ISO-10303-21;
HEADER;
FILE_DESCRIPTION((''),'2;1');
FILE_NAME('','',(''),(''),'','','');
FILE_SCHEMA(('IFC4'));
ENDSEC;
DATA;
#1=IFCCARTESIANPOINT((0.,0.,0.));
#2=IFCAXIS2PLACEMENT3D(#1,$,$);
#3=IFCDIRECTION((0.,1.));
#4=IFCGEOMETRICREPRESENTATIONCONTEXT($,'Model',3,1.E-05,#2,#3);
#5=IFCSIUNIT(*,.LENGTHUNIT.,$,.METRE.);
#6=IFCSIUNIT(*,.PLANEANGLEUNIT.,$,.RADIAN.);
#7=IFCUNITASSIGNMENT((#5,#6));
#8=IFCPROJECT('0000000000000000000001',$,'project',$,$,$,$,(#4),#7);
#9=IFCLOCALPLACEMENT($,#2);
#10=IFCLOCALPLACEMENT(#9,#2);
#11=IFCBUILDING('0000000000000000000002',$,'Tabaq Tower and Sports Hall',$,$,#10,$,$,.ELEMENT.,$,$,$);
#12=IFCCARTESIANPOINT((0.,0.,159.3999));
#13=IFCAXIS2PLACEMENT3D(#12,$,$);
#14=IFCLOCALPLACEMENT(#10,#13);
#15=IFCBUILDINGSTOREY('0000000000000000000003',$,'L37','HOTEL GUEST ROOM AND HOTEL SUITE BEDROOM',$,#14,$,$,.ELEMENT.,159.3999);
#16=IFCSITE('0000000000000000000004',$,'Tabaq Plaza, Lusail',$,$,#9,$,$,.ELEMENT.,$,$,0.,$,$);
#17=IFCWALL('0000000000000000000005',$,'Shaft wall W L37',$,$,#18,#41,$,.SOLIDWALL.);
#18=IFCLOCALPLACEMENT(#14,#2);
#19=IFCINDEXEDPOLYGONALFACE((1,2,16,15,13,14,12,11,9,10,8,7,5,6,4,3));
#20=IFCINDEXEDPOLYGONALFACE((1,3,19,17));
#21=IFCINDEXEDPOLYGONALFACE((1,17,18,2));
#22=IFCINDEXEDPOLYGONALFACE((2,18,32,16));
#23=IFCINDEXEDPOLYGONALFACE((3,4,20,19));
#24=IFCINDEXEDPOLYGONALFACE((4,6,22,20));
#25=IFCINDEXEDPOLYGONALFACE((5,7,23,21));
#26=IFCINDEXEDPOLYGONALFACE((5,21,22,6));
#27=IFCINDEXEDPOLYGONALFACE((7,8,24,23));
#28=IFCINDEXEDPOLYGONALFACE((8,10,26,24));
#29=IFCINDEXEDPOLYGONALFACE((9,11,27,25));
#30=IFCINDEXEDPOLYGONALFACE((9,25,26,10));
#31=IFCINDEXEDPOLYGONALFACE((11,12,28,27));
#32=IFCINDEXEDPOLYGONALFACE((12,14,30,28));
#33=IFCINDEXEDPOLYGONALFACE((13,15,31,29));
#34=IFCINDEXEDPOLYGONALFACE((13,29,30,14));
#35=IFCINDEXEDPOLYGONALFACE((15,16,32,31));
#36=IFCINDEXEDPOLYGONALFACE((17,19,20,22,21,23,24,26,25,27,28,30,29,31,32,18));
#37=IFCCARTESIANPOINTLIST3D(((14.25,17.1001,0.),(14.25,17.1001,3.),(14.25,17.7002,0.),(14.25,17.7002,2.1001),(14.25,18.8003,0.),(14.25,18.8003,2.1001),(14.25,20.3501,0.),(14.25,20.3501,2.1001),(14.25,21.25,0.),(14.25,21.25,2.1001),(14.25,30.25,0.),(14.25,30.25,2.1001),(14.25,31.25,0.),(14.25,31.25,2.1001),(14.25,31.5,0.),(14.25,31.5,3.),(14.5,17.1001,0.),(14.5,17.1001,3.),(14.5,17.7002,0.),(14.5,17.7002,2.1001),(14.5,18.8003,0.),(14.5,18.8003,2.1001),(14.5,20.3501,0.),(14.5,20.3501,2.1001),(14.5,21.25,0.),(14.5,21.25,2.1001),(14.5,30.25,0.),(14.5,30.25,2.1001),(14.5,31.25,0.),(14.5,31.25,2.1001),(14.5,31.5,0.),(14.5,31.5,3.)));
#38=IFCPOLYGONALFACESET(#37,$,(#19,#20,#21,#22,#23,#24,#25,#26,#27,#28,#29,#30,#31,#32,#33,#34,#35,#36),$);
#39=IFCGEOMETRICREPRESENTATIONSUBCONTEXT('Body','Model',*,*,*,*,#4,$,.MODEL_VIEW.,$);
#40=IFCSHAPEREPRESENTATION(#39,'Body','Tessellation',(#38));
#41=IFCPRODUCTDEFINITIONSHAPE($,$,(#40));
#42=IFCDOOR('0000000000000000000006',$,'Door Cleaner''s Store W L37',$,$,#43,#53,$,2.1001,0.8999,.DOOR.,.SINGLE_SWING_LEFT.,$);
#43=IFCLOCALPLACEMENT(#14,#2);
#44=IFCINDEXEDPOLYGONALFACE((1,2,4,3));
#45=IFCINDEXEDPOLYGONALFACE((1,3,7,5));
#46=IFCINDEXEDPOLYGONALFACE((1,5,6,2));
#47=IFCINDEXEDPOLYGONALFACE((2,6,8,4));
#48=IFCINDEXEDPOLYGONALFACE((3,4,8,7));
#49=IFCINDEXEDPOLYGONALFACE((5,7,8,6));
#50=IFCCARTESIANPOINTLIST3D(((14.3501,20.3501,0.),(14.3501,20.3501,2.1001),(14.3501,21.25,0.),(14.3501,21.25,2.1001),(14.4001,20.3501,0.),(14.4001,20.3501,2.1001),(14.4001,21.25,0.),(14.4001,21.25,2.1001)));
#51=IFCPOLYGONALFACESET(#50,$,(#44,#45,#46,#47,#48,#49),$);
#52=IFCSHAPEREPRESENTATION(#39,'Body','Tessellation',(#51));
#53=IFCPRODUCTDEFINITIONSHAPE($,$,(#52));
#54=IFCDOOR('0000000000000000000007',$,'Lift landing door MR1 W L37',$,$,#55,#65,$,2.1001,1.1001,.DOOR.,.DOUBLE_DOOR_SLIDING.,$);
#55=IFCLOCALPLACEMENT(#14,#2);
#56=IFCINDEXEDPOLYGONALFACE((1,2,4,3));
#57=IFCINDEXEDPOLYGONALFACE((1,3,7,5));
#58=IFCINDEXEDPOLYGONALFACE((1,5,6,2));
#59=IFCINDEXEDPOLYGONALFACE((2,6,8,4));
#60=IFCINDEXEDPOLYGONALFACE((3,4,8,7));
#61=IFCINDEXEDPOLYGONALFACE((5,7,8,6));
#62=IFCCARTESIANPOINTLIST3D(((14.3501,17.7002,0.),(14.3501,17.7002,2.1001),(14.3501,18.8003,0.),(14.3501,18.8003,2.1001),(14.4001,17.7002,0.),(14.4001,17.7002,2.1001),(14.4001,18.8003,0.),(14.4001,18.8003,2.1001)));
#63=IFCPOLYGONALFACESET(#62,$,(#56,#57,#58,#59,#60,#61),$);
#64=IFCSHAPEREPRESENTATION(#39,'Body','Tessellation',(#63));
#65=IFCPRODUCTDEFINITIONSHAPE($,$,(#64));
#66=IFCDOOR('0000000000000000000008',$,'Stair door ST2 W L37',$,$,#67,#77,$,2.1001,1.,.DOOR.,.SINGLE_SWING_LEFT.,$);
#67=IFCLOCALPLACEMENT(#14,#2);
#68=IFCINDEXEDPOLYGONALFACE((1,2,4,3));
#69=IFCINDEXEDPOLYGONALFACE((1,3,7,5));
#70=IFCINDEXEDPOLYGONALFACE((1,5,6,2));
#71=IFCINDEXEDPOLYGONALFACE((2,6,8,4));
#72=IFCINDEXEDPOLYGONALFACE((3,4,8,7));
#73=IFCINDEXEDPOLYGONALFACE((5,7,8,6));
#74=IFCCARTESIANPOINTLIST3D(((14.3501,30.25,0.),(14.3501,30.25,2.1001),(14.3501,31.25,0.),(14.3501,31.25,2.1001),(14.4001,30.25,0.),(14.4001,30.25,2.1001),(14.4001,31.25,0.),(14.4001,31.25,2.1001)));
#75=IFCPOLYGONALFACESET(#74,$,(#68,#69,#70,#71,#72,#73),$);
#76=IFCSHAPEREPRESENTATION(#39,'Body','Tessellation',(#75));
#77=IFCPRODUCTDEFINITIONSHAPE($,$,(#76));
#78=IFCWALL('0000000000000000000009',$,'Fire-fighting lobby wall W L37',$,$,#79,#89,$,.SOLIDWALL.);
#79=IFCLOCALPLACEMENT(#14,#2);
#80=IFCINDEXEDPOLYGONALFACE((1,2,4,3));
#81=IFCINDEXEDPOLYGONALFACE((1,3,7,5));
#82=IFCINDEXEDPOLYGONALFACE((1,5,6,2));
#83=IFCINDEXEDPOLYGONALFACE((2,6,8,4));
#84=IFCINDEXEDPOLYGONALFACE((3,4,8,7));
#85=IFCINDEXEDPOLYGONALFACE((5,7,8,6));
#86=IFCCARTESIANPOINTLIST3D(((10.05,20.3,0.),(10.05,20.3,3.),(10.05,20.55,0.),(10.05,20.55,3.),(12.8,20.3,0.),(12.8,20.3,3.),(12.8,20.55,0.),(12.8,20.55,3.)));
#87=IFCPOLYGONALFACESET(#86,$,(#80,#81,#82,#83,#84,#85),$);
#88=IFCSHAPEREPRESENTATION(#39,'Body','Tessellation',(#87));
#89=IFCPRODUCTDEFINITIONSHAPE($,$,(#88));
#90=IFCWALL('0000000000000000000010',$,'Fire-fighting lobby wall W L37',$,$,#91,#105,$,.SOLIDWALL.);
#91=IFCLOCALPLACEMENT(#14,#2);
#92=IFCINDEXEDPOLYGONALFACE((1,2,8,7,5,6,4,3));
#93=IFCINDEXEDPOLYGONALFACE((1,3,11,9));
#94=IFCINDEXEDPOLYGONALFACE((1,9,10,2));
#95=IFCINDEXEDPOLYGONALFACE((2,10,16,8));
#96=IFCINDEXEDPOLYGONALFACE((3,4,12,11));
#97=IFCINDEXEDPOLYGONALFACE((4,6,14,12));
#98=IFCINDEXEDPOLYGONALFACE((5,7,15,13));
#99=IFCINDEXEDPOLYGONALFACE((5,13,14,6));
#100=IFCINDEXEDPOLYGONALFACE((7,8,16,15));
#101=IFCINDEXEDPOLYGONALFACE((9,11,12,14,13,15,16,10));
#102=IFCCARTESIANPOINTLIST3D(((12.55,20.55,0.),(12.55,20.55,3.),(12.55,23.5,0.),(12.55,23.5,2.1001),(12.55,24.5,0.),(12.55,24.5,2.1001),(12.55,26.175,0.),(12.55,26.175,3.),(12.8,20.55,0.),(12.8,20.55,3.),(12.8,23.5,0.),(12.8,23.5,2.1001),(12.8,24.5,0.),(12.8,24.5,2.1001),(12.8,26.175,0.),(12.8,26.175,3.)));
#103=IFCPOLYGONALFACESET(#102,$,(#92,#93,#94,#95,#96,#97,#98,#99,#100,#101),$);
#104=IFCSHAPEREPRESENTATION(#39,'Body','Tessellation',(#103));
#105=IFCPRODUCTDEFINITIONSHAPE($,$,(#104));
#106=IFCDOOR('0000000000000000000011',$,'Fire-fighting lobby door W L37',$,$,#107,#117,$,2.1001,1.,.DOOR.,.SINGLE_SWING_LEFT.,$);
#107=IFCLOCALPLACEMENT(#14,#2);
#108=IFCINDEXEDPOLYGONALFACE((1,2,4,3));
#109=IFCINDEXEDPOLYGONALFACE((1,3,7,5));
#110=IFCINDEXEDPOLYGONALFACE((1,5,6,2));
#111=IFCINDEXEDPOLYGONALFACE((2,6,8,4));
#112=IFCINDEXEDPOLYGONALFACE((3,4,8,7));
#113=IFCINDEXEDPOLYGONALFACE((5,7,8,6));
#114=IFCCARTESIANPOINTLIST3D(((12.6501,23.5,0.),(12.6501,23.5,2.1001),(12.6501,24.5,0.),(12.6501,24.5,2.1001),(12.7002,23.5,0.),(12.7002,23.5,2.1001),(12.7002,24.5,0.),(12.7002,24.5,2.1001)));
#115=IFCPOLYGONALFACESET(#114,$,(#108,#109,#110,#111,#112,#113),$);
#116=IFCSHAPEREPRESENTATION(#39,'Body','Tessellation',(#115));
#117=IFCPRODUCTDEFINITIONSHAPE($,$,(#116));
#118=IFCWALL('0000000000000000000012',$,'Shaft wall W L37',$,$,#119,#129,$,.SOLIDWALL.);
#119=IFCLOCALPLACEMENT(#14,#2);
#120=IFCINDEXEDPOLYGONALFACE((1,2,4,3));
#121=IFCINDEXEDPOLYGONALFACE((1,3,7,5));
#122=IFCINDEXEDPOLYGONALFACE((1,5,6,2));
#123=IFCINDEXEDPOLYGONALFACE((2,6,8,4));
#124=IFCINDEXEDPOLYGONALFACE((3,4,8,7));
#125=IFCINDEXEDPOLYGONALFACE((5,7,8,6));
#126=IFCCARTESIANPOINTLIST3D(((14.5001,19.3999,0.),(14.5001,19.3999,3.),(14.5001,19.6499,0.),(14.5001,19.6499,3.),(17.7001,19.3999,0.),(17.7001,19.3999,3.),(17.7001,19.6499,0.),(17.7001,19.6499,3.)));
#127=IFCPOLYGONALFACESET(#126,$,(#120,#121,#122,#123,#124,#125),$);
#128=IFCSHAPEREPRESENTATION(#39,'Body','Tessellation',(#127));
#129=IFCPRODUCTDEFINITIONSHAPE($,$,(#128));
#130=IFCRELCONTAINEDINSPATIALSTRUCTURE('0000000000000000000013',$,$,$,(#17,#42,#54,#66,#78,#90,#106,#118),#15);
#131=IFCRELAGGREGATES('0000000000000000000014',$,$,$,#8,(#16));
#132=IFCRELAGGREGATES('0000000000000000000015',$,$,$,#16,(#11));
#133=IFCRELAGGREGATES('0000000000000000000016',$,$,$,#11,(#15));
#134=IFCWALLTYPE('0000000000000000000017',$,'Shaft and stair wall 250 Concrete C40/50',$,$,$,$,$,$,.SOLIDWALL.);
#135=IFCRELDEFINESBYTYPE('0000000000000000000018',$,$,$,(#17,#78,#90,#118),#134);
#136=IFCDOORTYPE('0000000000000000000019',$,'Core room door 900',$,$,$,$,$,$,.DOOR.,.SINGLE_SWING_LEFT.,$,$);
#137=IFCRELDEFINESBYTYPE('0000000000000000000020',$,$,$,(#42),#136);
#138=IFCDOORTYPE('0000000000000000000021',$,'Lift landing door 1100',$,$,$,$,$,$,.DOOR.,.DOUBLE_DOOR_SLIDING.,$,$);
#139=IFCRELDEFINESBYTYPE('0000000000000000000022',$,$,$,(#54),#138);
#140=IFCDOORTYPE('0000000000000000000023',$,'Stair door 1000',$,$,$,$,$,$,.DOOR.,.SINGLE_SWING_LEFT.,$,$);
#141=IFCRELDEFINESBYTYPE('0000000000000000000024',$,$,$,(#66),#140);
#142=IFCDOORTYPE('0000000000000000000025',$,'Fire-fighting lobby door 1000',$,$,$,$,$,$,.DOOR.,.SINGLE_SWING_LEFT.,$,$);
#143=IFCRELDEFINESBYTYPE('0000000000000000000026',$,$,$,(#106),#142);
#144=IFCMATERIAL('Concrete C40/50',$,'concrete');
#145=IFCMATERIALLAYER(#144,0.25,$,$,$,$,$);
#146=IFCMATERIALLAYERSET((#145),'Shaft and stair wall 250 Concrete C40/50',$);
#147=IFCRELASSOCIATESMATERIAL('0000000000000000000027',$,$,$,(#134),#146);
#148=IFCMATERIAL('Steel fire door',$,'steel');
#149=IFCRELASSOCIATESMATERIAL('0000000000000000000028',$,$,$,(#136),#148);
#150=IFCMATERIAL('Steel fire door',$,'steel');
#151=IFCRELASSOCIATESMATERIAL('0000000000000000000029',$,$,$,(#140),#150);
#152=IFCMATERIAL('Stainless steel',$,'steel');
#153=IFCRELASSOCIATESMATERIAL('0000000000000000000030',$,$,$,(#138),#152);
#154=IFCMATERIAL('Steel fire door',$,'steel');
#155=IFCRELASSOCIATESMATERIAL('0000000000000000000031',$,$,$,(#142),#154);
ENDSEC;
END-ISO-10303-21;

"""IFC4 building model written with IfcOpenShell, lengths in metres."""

from ifc_helpers import new_model, si_unit, direction, frame, frame_2d, origin, place, context, subcontext, project, spatial, rectangle, extrude, material, layer, layer_set, type_object, element, fill, save


model = new_model("IFC4")

# Units and contexts
model_context = context("Model", 3, precision=1e-05, world=origin(), true_north=direction((0.0, 1.0)))
body_context = subcontext(model_context, "Body", "Model", "MODEL_VIEW")
ifc_project = project(units=[si_unit("LENGTHUNIT", "METRE"), si_unit("PLANEANGLEUNIT", "RADIAN")], contexts=[model_context])

# Site, building, storey
site_placement = place(None, origin())
site = spatial("IfcSite", under=ifc_project, at=site_placement, Name="Tabaq Plaza, Lusail", CompositionType="ELEMENT", RefElevation=0.0)
building_placement = place(site_placement, origin())
building = spatial("IfcBuilding", under=site, at=building_placement, Name="Tabaq Tower and Sports Hall", CompositionType="ELEMENT")
storey_placement = place(building_placement, frame((0.0, 0.0, 159.3999)))
storey = spatial("IfcBuildingStorey", under=building, at=storey_placement, Name="L37", Description="HOTEL GUEST ROOM AND HOTEL SUITE BEDROOM", CompositionType="ELEMENT", Elevation=159.3999)

# Wall, openings, doors
ifc_material_1 = material(Name="Concrete C40/50", Category="concrete")
ifc_layer_1 = layer(ifc_material_1, 0.25)
ifc_layer_set_1 = layer_set([ifc_layer_1], Name="Shaft and stair wall 250 Concrete C40/50")
wall_type_1 = type_object("IfcWallType", Name="Shaft and stair wall 250 Concrete C40/50", PredefinedType="SOLIDWALL", material=ifc_layer_set_1)
ifc_material_2 = material(Name="Steel fire door", Category="steel")
door_type_1 = type_object("IfcDoorType", Name="Core room door 900", OperationType="SINGLE_SWING_LEFT", PredefinedType="DOOR", material=ifc_material_2)
ifc_material_3 = material(Name="Steel fire door", Category="steel")
door_type_2 = type_object("IfcDoorType", Name="Stair door 1000", OperationType="SINGLE_SWING_LEFT", PredefinedType="DOOR", material=ifc_material_3)
wall_1_placement = place(storey_placement, frame((14.375, 17.1001, 0.0), z_axis=(0.0, 0.0, 1.0), x_axis=(0.0, 1.0, 0.0)))
wall_1 = element("IfcWall", 1, at=wall_1_placement, inside=storey, type_object=wall_type_1, Name="Shaft wall W L37", PredefinedType="SOLIDWALL", context=body_context, shape_type="SweptSolid", body=[
    extrude(rectangle(XDim=14.3999, YDim=0.25, at=frame_2d((7.2, 0.0))), origin(), (0.0, 0.0, 1.0), 3.0),
])
opening_1_placement = place(wall_1_placement, frame((13.1499, 0.0, 0.0)))
opening_1 = element("IfcOpeningElement", 2, at=opening_1_placement, cuts=wall_1, PredefinedType="OPENING", context=body_context, shape_type="SweptSolid", body=[
    extrude(rectangle(XDim=1.0, YDim=2.1001, at=frame_2d((0.5, 1.05))), frame((0.0, 0.125, 0.0), z_axis=(0.0, -1.0, 0.0), x_axis=(1.0, 0.0, 0.0)), (0.0, 0.0, 1.0), 0.25),
])
opening_2_placement = place(wall_1_placement, frame((0.6001, 0.0, 0.0)))
opening_2 = element("IfcOpeningElement", 3, at=opening_2_placement, cuts=wall_1, PredefinedType="OPENING", context=body_context, shape_type="SweptSolid", body=[
    extrude(rectangle(XDim=1.1001, YDim=2.1001, at=frame_2d((0.55, 1.05))), frame((0.0, 0.125, 0.0), z_axis=(0.0, -1.0, 0.0), x_axis=(1.0, 0.0, 0.0)), (0.0, 0.0, 1.0), 0.25),
])
opening_3_placement = place(wall_1_placement, frame((3.25, 0.0, 0.0)))
opening_3 = element("IfcOpeningElement", 4, at=opening_3_placement, cuts=wall_1, PredefinedType="OPENING", context=body_context, shape_type="SweptSolid", body=[
    extrude(rectangle(XDim=0.8999, YDim=2.1001, at=frame_2d((0.45, 1.05))), frame((0.0, 0.125, 0.0), z_axis=(0.0, -1.0, 0.0), x_axis=(1.0, 0.0, 0.0)), (0.0, 0.0, 1.0), 0.25),
])
door_1_placement = place(opening_3_placement, origin())
door_1 = element("IfcDoor", 5, at=door_1_placement, inside=storey, type_object=door_type_1, Name="Door Cleaner's Store W L37", OperationType="SINGLE_SWING_LEFT", OverallHeight=2.1001, OverallWidth=0.8999, PredefinedType="DOOR", context=body_context, shape_type="SweptSolid", body=[
    extrude(rectangle(XDim=0.8999, YDim=2.1001, at=frame_2d((0.45, 1.05))), frame((0.0, 0.0249, 0.0), z_axis=(0.0, -1.0, 0.0), x_axis=(1.0, 0.0, 0.0)), (0.0, 0.0, 1.0), 0.05),
])
fill(opening_3, door_1)
ifc_material_4 = material(Name="Stainless steel", Category="steel")
door_type_3 = type_object("IfcDoorType", Name="Lift landing door 1100", OperationType="DOUBLE_DOOR_SLIDING", PredefinedType="DOOR", material=ifc_material_4)
door_2_placement = place(opening_2_placement, origin())
door_2 = element("IfcDoor", 6, at=door_2_placement, inside=storey, type_object=door_type_3, Name="Lift landing door MR1 W L37", OperationType="DOUBLE_DOOR_SLIDING", OverallHeight=2.1001, OverallWidth=1.1001, PredefinedType="DOOR", context=body_context, shape_type="SweptSolid", body=[
    extrude(rectangle(XDim=1.1001, YDim=2.1001, at=frame_2d((0.55, 1.05))), frame((0.0, 0.0249, 0.0), z_axis=(0.0, -1.0, 0.0), x_axis=(1.0, 0.0, 0.0)), (0.0, 0.0, 1.0), 0.05),
])
fill(opening_2, door_2)
door_3_placement = place(opening_1_placement, origin())
door_3 = element("IfcDoor", 7, at=door_3_placement, inside=storey, type_object=door_type_2, Name="Stair door ST2 W L37", OperationType="SINGLE_SWING_LEFT", OverallHeight=2.1001, OverallWidth=1.0, PredefinedType="DOOR", context=body_context, shape_type="SweptSolid", body=[
    extrude(rectangle(XDim=1.0, YDim=2.1001, at=frame_2d((0.5, 1.05))), frame((0.0, 0.0249, 0.0), z_axis=(0.0, -1.0, 0.0), x_axis=(1.0, 0.0, 0.0)), (0.0, 0.0, 1.0), 0.05),
])
fill(opening_1, door_3)

# Wall
wall_2_placement = place(storey_placement, frame((10.05, 20.425, 0.0), z_axis=(0.0, 0.0, 1.0), x_axis=(1.0, 0.0, 0.0)))
element("IfcWall", 8, at=wall_2_placement, inside=storey, type_object=wall_type_1, Name="Fire-fighting lobby wall W L37", PredefinedType="SOLIDWALL", context=body_context, shape_type="SweptSolid", body=[
    extrude(rectangle(XDim=2.75, YDim=0.25, at=frame_2d((1.375, 0.0))), origin(), (0.0, 0.0, 1.0), 3.0),
])

# Wall, opening, door
wall_3_placement = place(storey_placement, frame((12.675, 20.55, 0.0), z_axis=(0.0, 0.0, 1.0), x_axis=(0.0, 1.0, 0.0)))
wall_3 = element("IfcWall", 9, at=wall_3_placement, inside=storey, type_object=wall_type_1, Name="Fire-fighting lobby wall W L37", PredefinedType="SOLIDWALL", context=body_context, shape_type="SweptSolid", body=[
    extrude(rectangle(XDim=5.625, YDim=0.25, at=frame_2d((2.8125, 0.0))), origin(), (0.0, 0.0, 1.0), 3.0),
])
opening_4_placement = place(wall_3_placement, frame((2.95, 0.0, 0.0)))
opening_4 = element("IfcOpeningElement", 10, at=opening_4_placement, cuts=wall_3, PredefinedType="OPENING", context=body_context, shape_type="SweptSolid", body=[
    extrude(rectangle(XDim=1.0, YDim=2.1001, at=frame_2d((0.5, 1.05))), frame((0.0, 0.125, 0.0), z_axis=(0.0, -1.0, 0.0), x_axis=(1.0, 0.0, 0.0)), (0.0, 0.0, 1.0), 0.25),
])
ifc_material_5 = material(Name="Steel fire door", Category="steel")
door_type_4 = type_object("IfcDoorType", Name="Fire-fighting lobby door 1000", OperationType="SINGLE_SWING_LEFT", PredefinedType="DOOR", material=ifc_material_5)
door_4_placement = place(opening_4_placement, origin())
door_4 = element("IfcDoor", 11, at=door_4_placement, inside=storey, type_object=door_type_4, Name="Fire-fighting lobby door W L37", OperationType="SINGLE_SWING_LEFT", OverallHeight=2.1001, OverallWidth=1.0, PredefinedType="DOOR", context=body_context, shape_type="SweptSolid", body=[
    extrude(rectangle(XDim=1.0, YDim=2.1001, at=frame_2d((0.5, 1.05))), frame((0.0, 0.0249, 0.0), z_axis=(0.0, -1.0, 0.0), x_axis=(1.0, 0.0, 0.0)), (0.0, 0.0, 1.0), 0.05),
])
fill(opening_4, door_4)

# Wall
wall_4_placement = place(storey_placement, frame((14.5, 19.5249, 0.0), z_axis=(0.0, 0.0, 1.0), x_axis=(1.0, 0.0, 0.0)))
element("IfcWall", 12, at=wall_4_placement, inside=storey, type_object=wall_type_1, Name="Shaft wall W L37", PredefinedType="SOLIDWALL", context=body_context, shape_type="SweptSolid", body=[
    extrude(rectangle(XDim=3.2, YDim=0.25, at=frame_2d((1.6001, 0.0))), origin(), (0.0, 0.0, 1.0), 3.0),
])

save(model, "model.ifc")
